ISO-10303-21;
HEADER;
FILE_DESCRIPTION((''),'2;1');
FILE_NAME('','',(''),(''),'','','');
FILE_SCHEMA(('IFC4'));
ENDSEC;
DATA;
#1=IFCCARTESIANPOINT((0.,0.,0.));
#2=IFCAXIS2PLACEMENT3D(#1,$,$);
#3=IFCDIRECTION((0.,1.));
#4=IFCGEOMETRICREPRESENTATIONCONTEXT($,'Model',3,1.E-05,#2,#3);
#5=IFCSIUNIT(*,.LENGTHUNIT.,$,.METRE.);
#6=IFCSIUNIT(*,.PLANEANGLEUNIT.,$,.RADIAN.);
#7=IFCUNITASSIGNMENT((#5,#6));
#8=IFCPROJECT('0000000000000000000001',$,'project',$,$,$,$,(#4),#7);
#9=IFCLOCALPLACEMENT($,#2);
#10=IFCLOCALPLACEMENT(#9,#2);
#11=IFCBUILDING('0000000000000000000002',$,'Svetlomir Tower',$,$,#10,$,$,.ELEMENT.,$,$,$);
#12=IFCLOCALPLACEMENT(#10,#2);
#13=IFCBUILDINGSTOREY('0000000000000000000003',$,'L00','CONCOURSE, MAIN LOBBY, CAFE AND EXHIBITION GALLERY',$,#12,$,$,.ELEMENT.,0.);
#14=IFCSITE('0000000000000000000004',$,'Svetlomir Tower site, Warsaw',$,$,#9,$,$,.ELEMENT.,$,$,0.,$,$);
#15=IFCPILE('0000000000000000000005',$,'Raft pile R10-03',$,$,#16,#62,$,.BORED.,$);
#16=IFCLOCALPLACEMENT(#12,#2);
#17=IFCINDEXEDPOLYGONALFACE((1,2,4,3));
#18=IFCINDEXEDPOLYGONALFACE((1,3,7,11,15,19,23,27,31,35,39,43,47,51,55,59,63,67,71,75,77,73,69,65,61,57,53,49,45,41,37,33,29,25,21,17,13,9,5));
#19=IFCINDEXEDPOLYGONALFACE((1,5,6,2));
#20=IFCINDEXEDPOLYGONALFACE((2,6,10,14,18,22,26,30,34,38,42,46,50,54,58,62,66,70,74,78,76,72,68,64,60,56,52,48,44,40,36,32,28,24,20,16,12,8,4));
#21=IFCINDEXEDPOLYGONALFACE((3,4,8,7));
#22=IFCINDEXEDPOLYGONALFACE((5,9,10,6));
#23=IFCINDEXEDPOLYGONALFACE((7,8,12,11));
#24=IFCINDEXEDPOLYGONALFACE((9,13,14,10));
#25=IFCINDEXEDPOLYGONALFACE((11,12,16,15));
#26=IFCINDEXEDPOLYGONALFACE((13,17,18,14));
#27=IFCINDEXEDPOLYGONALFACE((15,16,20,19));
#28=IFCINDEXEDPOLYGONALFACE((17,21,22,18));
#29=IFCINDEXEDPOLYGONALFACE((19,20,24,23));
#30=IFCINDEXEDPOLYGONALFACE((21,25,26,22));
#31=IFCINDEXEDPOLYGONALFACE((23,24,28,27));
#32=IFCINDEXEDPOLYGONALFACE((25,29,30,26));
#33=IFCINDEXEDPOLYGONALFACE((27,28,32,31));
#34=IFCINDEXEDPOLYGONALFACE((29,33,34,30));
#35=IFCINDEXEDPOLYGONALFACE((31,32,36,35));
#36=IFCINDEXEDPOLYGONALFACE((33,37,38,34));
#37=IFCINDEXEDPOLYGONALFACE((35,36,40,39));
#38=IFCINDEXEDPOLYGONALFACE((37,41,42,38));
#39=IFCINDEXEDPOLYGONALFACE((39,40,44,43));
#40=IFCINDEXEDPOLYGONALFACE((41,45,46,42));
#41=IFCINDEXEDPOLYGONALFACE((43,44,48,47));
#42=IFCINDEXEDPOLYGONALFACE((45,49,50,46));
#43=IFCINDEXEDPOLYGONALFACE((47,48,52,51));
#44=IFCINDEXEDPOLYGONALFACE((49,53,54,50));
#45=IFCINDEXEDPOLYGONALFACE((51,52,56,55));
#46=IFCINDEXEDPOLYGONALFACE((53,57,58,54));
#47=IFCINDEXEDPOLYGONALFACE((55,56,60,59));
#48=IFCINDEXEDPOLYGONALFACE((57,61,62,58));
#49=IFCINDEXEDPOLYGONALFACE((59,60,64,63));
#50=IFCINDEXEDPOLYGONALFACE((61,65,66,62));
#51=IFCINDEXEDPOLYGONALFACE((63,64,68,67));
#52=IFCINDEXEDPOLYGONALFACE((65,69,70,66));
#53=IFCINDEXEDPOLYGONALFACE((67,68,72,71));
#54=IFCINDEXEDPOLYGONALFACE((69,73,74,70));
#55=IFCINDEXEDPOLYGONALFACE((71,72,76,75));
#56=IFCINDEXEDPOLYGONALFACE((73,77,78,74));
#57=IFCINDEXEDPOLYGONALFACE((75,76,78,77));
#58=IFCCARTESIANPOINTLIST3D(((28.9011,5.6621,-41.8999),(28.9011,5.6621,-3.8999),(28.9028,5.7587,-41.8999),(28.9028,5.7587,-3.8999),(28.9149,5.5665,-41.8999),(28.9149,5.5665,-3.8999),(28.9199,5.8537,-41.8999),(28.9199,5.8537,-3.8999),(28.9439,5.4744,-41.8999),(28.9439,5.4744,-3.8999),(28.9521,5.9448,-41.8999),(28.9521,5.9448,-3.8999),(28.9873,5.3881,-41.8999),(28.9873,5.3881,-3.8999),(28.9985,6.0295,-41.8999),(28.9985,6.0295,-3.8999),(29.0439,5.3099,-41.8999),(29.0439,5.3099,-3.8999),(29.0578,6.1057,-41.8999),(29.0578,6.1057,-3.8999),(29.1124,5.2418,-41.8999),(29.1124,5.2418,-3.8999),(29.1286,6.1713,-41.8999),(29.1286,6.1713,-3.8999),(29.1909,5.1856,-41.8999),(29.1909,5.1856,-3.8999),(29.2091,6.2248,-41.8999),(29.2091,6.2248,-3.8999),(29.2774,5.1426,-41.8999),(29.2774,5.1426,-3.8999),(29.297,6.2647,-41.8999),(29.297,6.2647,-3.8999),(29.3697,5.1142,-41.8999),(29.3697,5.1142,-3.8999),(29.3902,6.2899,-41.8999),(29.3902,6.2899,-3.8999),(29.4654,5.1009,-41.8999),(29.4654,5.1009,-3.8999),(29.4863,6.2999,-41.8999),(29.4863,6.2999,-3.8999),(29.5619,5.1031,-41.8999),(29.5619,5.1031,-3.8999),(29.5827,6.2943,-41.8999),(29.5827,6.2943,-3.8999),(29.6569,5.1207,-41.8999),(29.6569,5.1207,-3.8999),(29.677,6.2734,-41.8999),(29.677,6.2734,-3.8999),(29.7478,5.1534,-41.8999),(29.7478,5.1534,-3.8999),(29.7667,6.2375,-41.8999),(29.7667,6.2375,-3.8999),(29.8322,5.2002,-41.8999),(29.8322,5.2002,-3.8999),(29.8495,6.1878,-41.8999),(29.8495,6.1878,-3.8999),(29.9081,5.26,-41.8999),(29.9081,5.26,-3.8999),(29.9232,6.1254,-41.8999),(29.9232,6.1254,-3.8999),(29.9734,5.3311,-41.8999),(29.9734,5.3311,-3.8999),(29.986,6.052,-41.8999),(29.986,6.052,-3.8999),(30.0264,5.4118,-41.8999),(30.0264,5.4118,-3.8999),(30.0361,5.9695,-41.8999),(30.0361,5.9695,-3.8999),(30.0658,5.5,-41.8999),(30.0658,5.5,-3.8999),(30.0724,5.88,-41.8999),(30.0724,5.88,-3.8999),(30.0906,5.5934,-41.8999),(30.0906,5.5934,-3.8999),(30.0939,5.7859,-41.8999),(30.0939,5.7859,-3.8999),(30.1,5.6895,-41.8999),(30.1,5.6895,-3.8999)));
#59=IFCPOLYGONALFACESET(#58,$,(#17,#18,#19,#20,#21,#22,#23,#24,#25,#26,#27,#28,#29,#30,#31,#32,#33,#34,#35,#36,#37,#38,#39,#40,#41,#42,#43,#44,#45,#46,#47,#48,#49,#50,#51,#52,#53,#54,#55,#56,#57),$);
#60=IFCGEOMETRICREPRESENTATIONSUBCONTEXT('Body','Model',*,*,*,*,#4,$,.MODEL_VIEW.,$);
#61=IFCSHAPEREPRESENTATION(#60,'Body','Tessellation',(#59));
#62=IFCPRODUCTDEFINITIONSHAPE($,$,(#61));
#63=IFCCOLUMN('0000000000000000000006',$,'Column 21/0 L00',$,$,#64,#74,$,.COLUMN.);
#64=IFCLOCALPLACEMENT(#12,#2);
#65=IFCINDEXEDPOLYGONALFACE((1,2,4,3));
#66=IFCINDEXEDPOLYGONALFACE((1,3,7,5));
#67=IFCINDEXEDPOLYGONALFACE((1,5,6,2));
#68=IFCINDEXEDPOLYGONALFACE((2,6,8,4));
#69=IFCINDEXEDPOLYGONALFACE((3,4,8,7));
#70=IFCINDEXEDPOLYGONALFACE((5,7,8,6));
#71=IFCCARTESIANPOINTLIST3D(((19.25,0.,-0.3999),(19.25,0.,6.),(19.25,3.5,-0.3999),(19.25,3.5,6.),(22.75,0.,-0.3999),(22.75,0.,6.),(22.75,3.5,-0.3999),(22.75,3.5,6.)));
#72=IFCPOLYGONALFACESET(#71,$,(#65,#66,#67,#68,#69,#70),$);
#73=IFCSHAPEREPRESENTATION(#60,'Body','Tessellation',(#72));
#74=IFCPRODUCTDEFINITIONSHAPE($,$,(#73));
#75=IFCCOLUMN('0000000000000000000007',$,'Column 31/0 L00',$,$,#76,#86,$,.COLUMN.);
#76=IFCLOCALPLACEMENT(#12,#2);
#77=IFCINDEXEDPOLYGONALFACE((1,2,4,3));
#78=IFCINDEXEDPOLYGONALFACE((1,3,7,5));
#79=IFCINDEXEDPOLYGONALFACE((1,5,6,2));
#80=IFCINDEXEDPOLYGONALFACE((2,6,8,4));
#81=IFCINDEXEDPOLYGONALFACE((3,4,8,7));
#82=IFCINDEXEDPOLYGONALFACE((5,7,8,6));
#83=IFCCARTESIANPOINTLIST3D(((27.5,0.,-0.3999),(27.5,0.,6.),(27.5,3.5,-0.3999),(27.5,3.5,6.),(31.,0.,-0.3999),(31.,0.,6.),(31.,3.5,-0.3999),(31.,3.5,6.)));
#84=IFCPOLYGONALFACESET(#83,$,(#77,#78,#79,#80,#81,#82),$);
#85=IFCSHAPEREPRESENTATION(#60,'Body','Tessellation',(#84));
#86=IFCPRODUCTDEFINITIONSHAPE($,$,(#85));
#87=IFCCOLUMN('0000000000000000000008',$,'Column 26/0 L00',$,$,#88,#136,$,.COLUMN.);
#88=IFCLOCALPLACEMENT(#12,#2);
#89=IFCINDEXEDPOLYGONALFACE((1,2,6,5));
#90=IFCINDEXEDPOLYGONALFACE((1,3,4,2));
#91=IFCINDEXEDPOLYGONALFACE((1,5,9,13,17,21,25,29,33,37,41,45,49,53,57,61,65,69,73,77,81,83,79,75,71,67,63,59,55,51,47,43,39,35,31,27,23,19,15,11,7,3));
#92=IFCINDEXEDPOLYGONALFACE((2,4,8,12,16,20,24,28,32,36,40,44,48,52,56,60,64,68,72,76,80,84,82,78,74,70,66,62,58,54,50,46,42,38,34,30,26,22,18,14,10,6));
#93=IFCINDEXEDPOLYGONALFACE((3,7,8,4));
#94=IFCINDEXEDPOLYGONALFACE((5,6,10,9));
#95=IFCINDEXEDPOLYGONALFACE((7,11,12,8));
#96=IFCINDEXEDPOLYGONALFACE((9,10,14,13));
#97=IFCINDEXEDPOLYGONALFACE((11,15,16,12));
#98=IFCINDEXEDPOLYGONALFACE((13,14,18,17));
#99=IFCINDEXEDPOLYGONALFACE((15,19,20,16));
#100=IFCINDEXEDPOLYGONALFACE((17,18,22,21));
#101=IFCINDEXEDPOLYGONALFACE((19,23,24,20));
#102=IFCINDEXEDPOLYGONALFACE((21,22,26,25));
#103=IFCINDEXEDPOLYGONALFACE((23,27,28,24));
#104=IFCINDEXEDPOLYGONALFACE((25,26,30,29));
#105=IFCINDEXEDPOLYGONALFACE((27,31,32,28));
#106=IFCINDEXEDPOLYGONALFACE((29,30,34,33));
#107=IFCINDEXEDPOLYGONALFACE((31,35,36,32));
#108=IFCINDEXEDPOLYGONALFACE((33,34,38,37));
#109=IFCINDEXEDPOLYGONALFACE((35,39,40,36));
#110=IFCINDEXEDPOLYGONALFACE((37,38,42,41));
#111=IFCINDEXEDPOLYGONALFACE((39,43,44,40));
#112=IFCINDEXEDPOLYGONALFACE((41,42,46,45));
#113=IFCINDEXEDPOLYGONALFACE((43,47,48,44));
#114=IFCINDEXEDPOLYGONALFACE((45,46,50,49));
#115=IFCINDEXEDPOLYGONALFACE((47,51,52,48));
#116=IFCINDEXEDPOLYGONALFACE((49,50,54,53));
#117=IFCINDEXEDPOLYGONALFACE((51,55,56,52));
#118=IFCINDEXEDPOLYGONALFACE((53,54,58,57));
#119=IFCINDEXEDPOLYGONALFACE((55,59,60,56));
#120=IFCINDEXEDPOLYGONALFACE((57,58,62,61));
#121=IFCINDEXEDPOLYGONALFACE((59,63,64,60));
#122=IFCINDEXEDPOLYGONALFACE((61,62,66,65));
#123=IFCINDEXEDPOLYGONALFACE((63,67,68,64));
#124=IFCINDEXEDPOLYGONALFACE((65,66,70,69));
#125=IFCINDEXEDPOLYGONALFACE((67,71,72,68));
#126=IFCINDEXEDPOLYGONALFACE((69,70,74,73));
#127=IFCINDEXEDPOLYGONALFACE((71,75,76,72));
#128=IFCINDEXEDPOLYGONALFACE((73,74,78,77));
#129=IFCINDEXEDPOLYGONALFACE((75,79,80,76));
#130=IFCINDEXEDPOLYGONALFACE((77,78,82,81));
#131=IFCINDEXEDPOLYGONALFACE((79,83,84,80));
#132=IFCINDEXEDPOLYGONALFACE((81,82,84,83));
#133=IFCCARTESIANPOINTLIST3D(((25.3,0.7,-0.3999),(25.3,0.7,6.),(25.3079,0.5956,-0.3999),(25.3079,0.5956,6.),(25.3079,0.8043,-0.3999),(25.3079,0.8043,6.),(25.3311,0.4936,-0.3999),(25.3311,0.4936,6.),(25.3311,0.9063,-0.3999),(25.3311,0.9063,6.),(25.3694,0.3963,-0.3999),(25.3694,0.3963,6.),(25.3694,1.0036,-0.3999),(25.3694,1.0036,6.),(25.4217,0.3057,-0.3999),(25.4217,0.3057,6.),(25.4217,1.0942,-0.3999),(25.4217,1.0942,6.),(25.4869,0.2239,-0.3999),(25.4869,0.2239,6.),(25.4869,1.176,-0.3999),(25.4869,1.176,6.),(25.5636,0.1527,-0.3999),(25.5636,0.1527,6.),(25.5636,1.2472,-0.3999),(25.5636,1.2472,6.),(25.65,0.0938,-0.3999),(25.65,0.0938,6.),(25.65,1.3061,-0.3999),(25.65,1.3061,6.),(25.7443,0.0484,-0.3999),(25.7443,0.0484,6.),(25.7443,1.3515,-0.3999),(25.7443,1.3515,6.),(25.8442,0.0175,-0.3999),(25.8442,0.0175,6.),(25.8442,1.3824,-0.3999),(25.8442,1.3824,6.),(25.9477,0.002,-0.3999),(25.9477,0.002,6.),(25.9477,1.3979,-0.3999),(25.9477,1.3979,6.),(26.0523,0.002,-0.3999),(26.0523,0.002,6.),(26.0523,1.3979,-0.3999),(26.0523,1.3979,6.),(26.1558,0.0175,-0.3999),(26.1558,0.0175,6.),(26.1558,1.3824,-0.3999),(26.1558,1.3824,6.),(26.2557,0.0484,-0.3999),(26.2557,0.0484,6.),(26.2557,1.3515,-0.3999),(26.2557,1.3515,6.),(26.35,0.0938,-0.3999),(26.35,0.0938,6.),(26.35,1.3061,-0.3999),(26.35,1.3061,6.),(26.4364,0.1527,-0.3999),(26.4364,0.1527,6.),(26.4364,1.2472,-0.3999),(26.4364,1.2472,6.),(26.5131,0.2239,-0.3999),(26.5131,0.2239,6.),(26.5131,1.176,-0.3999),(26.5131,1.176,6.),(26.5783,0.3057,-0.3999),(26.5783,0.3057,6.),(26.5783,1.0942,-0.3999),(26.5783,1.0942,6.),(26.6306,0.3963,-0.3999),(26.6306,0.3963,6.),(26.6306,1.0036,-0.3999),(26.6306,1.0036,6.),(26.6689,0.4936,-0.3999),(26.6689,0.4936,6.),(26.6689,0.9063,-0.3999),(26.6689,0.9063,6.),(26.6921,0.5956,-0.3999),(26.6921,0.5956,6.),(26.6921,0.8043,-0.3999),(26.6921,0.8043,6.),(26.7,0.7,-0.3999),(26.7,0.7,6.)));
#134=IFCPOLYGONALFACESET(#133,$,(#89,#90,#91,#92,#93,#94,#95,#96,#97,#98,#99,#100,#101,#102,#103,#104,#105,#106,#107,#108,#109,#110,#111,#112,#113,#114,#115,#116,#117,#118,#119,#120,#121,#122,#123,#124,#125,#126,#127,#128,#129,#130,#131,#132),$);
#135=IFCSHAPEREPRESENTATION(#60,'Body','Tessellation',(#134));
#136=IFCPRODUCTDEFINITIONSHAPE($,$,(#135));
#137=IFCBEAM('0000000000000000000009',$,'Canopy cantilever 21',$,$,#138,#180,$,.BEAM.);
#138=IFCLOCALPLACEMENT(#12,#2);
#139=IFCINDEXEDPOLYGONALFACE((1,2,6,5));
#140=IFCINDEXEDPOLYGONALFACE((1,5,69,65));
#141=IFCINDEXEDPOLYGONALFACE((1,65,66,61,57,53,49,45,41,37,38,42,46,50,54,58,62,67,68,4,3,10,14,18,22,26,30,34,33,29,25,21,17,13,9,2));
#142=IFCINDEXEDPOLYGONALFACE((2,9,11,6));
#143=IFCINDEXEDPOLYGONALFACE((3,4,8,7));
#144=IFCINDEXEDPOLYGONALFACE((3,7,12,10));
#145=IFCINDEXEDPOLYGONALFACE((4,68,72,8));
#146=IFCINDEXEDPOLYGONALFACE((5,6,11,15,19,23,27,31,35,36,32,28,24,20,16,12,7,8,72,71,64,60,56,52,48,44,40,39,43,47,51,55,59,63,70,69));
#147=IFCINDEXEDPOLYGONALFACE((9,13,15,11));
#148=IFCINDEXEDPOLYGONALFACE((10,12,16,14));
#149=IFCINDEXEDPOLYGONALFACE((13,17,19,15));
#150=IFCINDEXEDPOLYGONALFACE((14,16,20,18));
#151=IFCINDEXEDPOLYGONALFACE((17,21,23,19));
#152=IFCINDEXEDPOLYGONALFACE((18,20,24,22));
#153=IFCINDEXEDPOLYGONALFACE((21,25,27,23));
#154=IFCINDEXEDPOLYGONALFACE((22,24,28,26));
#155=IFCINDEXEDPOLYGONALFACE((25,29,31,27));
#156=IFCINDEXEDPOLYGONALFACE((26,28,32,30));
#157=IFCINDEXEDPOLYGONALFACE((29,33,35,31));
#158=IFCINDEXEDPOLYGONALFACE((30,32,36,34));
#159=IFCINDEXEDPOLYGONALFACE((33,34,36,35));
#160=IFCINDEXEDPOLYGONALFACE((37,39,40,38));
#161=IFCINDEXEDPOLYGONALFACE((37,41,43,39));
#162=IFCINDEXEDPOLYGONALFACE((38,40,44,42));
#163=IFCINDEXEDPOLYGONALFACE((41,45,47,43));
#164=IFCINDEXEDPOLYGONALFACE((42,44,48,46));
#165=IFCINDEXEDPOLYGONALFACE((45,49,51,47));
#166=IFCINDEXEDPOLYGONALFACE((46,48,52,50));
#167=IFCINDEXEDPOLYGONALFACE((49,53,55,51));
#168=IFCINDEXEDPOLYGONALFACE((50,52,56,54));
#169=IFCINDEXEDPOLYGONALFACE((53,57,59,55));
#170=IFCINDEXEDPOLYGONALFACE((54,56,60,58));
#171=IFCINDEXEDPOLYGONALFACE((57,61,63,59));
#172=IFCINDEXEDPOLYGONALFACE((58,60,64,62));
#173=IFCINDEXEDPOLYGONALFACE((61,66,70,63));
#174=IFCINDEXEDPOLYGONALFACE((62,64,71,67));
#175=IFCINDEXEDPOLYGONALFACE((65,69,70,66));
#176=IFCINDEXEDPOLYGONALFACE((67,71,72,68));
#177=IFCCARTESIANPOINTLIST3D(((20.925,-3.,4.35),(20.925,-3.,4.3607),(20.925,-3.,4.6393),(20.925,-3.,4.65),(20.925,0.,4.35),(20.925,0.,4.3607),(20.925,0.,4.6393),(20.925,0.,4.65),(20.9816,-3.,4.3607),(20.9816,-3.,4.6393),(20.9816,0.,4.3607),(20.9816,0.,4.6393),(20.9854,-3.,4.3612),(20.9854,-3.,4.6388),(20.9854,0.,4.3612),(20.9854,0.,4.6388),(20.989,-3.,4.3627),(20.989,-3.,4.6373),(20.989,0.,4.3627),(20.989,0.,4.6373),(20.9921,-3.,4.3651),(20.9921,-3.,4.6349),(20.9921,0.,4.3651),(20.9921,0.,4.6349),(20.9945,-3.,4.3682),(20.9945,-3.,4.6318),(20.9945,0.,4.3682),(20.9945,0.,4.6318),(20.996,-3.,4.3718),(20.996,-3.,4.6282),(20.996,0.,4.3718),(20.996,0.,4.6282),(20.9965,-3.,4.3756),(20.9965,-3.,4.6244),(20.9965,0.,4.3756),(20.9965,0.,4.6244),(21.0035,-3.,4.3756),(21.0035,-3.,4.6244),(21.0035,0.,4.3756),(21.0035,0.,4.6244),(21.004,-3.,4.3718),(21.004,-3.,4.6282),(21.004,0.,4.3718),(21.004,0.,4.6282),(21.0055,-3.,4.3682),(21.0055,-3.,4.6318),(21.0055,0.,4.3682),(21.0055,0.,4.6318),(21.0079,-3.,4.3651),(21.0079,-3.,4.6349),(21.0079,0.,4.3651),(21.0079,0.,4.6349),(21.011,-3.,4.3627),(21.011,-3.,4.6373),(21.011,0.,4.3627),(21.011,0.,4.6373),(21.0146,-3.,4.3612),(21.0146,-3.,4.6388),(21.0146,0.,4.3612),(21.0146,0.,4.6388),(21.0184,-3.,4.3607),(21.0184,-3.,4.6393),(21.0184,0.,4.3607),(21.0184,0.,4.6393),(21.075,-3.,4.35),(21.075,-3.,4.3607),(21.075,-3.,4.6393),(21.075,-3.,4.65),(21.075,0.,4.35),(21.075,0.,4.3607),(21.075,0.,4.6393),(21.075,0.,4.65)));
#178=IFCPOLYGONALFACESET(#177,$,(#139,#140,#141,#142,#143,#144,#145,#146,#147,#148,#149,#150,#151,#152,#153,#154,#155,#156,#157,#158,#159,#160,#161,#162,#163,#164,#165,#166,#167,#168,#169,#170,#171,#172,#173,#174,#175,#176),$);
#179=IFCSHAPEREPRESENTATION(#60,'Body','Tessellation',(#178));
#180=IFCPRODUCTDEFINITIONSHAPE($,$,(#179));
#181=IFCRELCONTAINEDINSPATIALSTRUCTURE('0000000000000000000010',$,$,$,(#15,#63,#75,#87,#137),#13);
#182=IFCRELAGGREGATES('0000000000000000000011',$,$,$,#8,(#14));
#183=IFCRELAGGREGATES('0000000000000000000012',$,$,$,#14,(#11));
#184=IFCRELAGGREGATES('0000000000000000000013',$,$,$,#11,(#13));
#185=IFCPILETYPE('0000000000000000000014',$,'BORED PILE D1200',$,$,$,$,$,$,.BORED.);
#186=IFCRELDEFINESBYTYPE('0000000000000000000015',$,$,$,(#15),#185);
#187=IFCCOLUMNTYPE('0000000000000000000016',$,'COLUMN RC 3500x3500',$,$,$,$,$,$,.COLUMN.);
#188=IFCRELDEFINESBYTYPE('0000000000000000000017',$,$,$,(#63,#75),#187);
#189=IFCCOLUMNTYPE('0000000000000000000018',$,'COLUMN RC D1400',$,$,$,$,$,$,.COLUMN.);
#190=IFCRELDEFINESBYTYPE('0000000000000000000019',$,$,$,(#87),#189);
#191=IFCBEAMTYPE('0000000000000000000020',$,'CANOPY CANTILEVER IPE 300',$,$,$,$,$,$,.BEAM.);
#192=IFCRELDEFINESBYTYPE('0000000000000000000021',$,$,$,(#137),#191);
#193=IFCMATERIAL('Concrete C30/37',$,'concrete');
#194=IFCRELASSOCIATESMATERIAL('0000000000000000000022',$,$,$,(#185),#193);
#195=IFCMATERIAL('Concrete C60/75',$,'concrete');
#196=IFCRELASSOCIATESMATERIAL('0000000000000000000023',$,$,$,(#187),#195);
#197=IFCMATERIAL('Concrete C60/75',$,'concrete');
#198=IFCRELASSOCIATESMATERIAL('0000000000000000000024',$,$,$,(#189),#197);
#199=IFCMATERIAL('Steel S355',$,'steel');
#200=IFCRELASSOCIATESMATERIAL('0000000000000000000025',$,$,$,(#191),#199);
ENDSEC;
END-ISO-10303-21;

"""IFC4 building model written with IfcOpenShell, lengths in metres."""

from ifc_helpers import new_model, si_unit, direction, frame, frame_2d, origin, origin_2d, place, context, subcontext, project, spatial, rectangle, circle, i_section, extrude, material, material_profile, profile_set, type_object, element, save


model = new_model("IFC4")

# Units and contexts
model_context = context("Model", 3, precision=1e-05, world=origin(), true_north=direction((0.0, 1.0)))
body_context = subcontext(model_context, "Body", "Model", "MODEL_VIEW")
ifc_project = project(units=[si_unit("LENGTHUNIT", "METRE"), si_unit("PLANEANGLEUNIT", "RADIAN")], contexts=[model_context])

# Site, building, storey
site_placement = place(None, origin())
site = spatial("IfcSite", under=ifc_project, at=site_placement, Name="Svetlomir Tower site, Warsaw", CompositionType="ELEMENT", RefElevation=0.0)
building_placement = place(site_placement, origin())
building = spatial("IfcBuilding", under=site, at=building_placement, Name="Svetlomir Tower", CompositionType="ELEMENT")
storey_placement = place(building_placement, origin())
storey = spatial("IfcBuildingStorey", under=building, at=storey_placement, Name="L00", Description="CONCOURSE, MAIN LOBBY, CAFE AND EXHIBITION GALLERY", CompositionType="ELEMENT", Elevation=0.0)

# Pile
ifc_material_1 = material(Name="Concrete C30/37", Category="concrete")
ifc_material_profile_1 = material_profile(ifc_material_1, circle(Radius=0.6001, at=origin_2d()), Name="D1200")
ifc_profile_set_1 = profile_set([ifc_material_profile_1], Name="Concrete C30/37")
pile_type = type_object("IfcPileType", Name="BORED PILE D1200", PredefinedType="BORED", material=ifc_profile_set_1)
for number, where, z_axis, x_axis, name in (
    (1, (29.5, 5.7, -3.8999), (0.0, 0.0, -1.0), (1.0, 0.0, 0.0), "Raft pile R10-03"),
):
    element("IfcPile", number, at=place(storey_placement, frame(where, z_axis=z_axis, x_axis=x_axis)), inside=storey, type_object=pile_type, Name=name, PredefinedType="BORED", context=body_context, shape_type="SweptSolid", body=[
        extrude(circle(Radius=0.6001, at=frame_2d((0.0, 0.0), x_axis=(0.999848, 0.017452))), origin(), (0.0, 0.0, 1.0), 38.0),
    ])

# Columns
ifc_material_2 = material(Name="Concrete C60/75", Category="concrete")
ifc_material_profile_2 = material_profile(ifc_material_2, rectangle(XDim=3.5, YDim=3.5, at=origin_2d()), Name="RC 3500x3500")
ifc_profile_set_2 = profile_set([ifc_material_profile_2], Name="Concrete C60/75")
column_type_1 = type_object("IfcColumnType", Name="COLUMN RC 3500x3500", PredefinedType="COLUMN", material=ifc_profile_set_2)
for number, where, z_axis, x_axis, name in (
    (2, (21.0, 1.75, -0.3999), (0.0, 0.0, 1.0), (1.0, 0.0, 0.0), "Column 21/0 L00"),
    (3, (29.25, 1.75, -0.3999), (0.0, 0.0, 1.0), (1.0, 0.0, 0.0), "Column 31/0 L00"),
):
    element("IfcColumn", number, at=place(storey_placement, frame(where, z_axis=z_axis, x_axis=x_axis)), inside=storey, type_object=column_type_1, Name=name, PredefinedType="COLUMN", context=body_context, shape_type="SweptSolid", body=[
        extrude(rectangle(XDim=3.5, YDim=3.5, at=origin_2d()), origin(), (0.0, 0.0, 1.0), 6.3999),
    ])
ifc_material_3 = material(Name="Concrete C60/75", Category="concrete")
ifc_material_profile_3 = material_profile(ifc_material_3, circle(Radius=0.7, at=origin_2d()), Name="RC D1400")
ifc_profile_set_3 = profile_set([ifc_material_profile_3], Name="Concrete C60/75")
column_type_2 = type_object("IfcColumnType", Name="COLUMN RC D1400", PredefinedType="COLUMN", material=ifc_profile_set_3)
column_placement = place(storey_placement, frame((26.0, 0.7, -0.3999), z_axis=(0.0, 0.0, 1.0), x_axis=(1.0, 0.0, 0.0)))
element("IfcColumn", 4, at=column_placement, inside=storey, type_object=column_type_2, Name="Column 26/0 L00", PredefinedType="COLUMN", context=body_context, shape_type="SweptSolid", body=[
    extrude(circle(Radius=0.7, at=origin_2d()), origin(), (0.0, 0.0, 1.0), 6.3999),
])

# Beam
ifc_material_4 = material(Name="Steel S355", Category="steel")
ifc_material_profile_4 = material_profile(ifc_material_4, i_section(OverallWidth=0.1499, OverallDepth=0.3, WebThickness=0.0071, FlangeThickness=0.0107, FilletRadius=0.0149, at=origin_2d()), Name="IPE 300")
ifc_profile_set_4 = profile_set([ifc_material_profile_4], Name="Steel S355")
beam_type_1 = type_object("IfcBeamType", Name="CANOPY CANTILEVER IPE 300", PredefinedType="BEAM", material=ifc_profile_set_4)
for number, where, z_axis, x_axis, name in (
    (5, (21.0, 0.0, 4.5), (0.0, -1.0, 0.0), (1.0, 0.0, 0.0), "Canopy cantilever 21"),
):
    element("IfcBeam", number, at=place(storey_placement, frame(where, z_axis=z_axis, x_axis=x_axis)), inside=storey, type_object=beam_type_1, Name=name, PredefinedType="BEAM", context=body_context, shape_type="SweptSolid", body=[
        extrude(i_section(OverallWidth=0.1499, OverallDepth=0.3, WebThickness=0.0071, FlangeThickness=0.0107, FilletRadius=0.0149, at=origin_2d()), origin(), (0.0, 0.0, 1.0), 3.0),
    ])

save(model, "model.ifc")
